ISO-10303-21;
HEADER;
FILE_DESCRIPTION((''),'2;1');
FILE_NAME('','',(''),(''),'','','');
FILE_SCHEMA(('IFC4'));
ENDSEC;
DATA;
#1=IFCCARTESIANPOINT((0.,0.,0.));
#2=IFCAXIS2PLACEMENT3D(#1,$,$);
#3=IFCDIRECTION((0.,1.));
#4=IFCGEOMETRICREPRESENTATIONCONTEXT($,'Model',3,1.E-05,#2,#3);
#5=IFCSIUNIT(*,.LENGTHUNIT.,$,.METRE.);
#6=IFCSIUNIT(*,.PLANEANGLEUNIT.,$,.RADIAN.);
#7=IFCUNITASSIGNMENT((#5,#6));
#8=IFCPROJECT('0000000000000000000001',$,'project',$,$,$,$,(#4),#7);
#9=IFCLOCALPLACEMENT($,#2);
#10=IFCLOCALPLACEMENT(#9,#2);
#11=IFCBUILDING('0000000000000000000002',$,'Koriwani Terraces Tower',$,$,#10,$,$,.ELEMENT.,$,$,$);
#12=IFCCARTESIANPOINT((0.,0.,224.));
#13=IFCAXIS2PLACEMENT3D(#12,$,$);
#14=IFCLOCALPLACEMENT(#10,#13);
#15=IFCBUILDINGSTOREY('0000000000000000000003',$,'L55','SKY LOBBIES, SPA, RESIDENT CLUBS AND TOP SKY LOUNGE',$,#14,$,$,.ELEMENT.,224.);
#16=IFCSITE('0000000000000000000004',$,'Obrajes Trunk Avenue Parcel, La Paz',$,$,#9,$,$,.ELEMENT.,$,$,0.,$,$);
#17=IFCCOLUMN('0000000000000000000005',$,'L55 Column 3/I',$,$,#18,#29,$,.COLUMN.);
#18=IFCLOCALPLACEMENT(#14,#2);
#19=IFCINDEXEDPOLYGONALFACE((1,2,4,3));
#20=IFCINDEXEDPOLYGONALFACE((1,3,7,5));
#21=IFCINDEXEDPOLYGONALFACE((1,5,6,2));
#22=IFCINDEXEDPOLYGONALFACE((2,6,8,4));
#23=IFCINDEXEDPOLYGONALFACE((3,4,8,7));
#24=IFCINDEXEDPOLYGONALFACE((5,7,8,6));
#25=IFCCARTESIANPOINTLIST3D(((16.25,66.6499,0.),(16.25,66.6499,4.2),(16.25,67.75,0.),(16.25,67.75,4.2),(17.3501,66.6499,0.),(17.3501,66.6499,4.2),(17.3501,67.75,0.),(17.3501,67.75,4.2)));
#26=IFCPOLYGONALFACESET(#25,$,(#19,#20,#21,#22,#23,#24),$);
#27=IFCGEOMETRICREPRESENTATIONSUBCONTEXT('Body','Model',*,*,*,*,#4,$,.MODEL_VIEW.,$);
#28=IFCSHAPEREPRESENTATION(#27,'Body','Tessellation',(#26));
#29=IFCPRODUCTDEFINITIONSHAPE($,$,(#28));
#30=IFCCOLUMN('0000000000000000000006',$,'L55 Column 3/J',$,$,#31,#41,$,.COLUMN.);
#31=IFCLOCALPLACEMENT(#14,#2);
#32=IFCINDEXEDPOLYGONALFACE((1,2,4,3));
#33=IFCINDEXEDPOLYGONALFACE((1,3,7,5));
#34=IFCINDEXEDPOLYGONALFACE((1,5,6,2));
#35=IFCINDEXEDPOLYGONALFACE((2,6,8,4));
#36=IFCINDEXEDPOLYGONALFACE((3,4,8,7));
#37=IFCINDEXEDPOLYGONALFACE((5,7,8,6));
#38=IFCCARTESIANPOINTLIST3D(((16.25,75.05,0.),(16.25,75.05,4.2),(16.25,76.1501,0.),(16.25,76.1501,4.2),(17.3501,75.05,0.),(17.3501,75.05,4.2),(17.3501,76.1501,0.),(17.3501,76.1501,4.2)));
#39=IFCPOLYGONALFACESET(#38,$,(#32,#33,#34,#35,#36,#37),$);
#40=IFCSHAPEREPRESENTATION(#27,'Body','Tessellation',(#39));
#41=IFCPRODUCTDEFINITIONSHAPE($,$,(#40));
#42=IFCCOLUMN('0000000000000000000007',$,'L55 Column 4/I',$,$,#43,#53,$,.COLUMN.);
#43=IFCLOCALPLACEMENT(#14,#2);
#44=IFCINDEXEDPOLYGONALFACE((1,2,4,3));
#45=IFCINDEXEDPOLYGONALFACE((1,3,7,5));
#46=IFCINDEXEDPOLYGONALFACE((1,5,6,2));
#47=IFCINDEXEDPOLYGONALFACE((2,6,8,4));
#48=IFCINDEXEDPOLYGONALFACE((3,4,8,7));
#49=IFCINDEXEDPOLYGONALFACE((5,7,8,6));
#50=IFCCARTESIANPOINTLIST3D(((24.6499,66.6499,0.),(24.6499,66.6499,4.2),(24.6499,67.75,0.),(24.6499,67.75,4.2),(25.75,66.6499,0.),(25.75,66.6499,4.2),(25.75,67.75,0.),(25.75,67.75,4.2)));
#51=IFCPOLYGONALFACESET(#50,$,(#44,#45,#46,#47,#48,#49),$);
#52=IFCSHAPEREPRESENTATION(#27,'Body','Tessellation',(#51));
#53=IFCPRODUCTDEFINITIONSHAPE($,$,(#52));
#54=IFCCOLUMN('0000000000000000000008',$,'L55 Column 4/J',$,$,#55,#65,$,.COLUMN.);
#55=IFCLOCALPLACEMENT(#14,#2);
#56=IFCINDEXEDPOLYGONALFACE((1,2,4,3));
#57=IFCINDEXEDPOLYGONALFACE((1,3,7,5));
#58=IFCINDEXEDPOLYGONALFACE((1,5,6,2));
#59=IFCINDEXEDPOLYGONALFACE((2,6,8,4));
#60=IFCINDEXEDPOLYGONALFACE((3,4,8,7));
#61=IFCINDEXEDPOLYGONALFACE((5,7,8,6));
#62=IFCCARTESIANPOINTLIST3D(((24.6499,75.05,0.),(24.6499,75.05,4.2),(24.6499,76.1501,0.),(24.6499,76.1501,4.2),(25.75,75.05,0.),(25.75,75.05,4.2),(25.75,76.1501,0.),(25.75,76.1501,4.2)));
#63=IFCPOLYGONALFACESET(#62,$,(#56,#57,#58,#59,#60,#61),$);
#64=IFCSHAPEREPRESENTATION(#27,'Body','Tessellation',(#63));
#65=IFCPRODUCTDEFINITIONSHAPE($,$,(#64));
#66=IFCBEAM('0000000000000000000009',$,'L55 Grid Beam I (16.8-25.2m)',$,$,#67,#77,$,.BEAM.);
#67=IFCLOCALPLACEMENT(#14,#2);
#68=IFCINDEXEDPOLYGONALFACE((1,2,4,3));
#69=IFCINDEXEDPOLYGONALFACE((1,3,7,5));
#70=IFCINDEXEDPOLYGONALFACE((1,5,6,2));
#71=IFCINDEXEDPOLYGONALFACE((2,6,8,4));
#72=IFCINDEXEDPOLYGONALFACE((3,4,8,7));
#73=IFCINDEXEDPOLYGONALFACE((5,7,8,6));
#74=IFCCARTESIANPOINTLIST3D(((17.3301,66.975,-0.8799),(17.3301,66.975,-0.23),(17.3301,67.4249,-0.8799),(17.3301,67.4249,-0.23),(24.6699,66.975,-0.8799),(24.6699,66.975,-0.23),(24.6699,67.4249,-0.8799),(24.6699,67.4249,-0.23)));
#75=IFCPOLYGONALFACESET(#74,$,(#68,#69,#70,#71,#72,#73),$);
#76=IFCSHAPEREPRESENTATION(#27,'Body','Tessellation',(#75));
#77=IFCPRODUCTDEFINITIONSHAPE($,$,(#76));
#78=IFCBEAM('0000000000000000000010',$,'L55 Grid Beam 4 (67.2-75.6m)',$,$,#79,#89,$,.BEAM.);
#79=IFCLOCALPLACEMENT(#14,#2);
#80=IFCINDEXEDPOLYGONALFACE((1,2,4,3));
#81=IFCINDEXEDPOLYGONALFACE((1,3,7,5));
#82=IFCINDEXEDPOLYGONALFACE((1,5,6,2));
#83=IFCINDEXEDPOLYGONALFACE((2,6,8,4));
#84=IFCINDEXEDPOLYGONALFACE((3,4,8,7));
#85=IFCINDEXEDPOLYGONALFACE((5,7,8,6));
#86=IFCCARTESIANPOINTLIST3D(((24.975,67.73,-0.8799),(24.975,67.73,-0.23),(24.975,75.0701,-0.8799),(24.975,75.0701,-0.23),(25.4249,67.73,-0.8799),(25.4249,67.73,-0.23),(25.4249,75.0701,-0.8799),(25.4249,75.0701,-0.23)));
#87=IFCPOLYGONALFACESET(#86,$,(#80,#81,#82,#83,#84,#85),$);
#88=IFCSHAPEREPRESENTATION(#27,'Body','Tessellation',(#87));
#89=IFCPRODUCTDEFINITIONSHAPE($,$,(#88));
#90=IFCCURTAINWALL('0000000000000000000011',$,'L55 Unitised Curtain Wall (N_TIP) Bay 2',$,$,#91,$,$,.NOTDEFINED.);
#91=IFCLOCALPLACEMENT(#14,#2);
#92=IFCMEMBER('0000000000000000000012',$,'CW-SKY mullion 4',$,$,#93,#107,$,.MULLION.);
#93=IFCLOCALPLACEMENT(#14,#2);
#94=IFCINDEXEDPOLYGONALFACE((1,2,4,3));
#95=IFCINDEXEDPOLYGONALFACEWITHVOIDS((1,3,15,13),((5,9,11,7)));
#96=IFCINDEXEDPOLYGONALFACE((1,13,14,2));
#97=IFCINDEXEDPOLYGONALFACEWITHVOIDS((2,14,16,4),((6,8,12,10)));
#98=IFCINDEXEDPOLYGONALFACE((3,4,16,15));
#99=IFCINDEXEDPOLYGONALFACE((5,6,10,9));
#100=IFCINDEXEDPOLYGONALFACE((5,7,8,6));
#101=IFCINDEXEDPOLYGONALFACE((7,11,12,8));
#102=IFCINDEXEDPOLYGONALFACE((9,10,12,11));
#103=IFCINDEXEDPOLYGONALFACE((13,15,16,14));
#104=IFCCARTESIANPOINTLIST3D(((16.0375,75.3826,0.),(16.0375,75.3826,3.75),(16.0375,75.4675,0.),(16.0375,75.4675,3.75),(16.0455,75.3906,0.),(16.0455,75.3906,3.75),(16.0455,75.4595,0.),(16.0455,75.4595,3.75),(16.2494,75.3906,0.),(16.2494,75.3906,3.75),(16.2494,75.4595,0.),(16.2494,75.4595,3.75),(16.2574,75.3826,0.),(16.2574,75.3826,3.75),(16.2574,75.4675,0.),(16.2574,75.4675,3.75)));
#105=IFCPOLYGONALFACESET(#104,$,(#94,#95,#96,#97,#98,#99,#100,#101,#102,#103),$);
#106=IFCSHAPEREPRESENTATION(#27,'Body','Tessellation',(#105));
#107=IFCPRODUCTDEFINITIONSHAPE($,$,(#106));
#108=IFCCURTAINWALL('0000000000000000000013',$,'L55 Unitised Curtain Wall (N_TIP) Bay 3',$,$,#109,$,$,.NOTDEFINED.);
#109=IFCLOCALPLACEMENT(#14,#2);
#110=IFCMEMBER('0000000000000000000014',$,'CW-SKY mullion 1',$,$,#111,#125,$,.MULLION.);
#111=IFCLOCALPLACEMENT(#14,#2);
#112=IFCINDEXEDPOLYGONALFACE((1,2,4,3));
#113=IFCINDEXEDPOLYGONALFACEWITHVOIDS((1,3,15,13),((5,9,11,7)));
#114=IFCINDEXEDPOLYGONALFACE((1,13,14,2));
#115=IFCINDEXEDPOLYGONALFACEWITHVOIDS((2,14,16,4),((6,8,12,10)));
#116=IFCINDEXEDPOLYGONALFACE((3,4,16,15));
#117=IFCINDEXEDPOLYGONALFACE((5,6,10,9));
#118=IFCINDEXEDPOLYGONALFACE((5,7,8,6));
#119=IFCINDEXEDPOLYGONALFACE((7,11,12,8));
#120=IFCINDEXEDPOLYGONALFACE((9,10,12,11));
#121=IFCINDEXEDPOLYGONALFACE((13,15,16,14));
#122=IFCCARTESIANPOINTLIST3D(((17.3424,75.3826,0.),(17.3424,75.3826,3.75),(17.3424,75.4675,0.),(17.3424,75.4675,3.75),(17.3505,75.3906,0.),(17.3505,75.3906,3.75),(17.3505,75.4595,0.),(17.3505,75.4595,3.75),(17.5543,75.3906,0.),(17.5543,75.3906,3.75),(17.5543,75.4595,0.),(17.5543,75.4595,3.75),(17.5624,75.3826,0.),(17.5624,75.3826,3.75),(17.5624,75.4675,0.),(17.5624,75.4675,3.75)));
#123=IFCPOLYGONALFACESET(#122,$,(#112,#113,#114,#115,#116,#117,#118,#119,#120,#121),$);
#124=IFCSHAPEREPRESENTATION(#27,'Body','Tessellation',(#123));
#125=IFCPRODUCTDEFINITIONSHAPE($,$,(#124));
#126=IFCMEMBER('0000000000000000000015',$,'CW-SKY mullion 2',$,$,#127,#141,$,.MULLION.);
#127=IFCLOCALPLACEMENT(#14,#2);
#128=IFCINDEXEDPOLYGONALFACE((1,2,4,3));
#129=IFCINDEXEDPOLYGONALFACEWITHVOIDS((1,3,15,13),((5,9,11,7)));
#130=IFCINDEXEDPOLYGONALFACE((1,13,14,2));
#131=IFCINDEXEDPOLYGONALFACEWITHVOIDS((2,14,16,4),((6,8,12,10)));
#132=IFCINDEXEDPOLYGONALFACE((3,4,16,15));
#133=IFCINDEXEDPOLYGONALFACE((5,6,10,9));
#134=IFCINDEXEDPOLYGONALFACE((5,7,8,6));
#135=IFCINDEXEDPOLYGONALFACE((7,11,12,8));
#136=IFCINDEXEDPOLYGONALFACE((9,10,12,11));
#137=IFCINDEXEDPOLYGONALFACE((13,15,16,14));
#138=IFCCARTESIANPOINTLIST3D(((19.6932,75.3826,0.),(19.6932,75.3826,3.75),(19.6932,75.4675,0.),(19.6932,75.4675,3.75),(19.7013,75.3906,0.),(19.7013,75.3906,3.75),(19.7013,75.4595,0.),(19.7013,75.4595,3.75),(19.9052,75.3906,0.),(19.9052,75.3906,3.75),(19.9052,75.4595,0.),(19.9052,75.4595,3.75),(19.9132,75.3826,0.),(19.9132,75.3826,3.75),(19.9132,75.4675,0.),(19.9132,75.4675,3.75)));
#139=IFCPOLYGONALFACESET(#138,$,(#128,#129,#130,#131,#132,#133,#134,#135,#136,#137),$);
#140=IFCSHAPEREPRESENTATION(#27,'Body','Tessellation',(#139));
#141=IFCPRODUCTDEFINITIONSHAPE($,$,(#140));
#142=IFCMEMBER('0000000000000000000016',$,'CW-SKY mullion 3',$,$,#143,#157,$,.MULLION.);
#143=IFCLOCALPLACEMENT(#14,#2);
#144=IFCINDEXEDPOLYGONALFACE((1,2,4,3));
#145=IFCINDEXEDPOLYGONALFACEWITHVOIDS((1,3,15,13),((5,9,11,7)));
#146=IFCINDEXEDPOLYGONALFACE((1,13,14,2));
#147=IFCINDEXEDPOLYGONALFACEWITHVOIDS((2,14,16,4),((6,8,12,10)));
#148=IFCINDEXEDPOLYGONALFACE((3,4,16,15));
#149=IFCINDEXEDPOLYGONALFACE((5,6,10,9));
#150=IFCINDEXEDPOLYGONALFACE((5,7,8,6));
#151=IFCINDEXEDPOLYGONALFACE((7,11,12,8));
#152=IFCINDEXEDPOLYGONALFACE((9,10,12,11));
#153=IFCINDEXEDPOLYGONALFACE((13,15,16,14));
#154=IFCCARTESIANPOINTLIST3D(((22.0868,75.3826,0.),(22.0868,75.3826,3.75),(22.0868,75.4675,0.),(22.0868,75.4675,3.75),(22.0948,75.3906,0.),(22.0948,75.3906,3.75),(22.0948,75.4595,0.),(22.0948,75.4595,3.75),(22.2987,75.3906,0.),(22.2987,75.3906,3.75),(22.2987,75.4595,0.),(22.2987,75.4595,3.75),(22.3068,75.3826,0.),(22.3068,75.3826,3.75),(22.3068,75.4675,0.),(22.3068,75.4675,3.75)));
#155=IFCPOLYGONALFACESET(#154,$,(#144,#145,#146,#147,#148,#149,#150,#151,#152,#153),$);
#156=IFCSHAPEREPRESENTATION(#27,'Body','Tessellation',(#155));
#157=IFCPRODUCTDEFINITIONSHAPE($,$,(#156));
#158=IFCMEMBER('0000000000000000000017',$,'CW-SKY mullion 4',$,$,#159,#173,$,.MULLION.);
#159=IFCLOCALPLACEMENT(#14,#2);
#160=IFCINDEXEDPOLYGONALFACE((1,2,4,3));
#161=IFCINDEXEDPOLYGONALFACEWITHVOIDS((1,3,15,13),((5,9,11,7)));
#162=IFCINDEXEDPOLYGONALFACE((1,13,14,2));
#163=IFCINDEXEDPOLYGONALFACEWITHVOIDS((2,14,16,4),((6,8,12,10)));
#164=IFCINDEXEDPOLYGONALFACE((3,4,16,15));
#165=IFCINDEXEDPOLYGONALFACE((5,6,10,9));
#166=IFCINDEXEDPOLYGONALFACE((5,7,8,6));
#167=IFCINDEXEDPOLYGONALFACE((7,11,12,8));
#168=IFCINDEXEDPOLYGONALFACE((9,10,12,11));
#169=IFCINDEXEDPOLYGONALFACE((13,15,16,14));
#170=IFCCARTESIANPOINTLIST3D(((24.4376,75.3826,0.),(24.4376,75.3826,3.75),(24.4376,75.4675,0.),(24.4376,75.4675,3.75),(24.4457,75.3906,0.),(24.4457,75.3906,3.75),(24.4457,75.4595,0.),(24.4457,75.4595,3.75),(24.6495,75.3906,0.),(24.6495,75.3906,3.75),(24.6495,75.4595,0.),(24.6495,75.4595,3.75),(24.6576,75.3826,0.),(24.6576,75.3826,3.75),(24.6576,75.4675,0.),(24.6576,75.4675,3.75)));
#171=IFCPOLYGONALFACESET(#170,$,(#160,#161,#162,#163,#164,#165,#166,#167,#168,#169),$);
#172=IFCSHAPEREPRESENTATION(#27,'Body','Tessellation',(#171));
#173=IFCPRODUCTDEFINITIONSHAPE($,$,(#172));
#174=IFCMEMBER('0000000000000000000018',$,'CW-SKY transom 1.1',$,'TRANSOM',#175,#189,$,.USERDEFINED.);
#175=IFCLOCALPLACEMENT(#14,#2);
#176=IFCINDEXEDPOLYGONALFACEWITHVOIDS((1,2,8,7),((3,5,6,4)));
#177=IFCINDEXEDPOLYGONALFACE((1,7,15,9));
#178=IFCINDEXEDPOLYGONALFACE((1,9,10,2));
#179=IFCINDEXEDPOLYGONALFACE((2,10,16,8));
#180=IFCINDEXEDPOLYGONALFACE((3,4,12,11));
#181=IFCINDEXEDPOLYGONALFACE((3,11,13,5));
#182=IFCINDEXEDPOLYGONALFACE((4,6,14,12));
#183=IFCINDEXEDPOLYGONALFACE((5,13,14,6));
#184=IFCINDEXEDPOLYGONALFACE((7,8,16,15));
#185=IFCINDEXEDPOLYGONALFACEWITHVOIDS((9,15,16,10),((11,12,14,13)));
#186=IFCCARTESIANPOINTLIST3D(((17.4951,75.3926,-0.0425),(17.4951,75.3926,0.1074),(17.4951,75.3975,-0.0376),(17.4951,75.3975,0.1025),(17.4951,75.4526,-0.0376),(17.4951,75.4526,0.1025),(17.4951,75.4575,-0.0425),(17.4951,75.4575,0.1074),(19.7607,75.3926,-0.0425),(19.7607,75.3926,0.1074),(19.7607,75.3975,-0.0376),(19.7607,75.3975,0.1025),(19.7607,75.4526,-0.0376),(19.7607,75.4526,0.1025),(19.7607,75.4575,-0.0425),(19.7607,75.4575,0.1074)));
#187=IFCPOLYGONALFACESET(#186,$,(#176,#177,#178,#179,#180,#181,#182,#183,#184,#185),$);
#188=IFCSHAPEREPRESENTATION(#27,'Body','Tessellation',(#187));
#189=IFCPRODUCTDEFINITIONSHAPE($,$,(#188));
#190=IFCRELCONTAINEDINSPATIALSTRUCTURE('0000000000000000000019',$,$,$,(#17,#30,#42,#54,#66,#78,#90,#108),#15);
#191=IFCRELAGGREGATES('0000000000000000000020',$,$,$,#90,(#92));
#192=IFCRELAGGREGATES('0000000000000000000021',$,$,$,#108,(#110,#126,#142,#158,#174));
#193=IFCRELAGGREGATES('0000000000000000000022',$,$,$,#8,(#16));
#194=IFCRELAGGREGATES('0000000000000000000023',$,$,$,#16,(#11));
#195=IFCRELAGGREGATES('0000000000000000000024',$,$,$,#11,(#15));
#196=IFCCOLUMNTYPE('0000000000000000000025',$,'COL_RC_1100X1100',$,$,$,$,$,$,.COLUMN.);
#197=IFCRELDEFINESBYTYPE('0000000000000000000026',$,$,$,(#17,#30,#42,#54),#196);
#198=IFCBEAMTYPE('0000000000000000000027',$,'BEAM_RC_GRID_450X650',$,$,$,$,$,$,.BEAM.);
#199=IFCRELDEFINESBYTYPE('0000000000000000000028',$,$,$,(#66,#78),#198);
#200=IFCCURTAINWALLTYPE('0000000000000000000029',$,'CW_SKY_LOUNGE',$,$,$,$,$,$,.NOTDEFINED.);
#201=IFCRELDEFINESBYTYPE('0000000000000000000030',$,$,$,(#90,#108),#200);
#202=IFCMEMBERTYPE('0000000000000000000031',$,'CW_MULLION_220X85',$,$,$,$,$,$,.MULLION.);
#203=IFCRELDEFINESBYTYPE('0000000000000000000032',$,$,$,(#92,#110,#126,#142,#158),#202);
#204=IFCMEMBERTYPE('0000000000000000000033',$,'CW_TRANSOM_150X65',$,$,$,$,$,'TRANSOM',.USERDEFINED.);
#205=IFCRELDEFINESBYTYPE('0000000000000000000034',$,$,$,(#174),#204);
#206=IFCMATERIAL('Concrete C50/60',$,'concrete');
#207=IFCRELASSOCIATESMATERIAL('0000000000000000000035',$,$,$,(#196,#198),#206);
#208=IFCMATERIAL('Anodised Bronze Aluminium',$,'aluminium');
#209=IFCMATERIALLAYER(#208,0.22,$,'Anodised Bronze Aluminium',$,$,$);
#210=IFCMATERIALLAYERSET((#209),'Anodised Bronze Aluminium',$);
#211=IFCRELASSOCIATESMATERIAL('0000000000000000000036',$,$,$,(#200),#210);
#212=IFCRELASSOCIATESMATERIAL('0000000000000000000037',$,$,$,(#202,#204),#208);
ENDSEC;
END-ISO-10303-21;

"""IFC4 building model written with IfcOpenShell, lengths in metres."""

from ifc_helpers import new_model, si_unit, direction, frame, origin, origin_2d, place, context, subcontext, project, spatial, rectangle, hollow_rectangle, extrude, material, layer, layer_set, material_profile, profile_set, type_object, element, aggregate, save


model = new_model("IFC4")

# Units and contexts
model_context = context("Model", 3, precision=1e-05, world=origin(), true_north=direction((0.0, 1.0)))
body_context = subcontext(model_context, "Body", "Model", "MODEL_VIEW")
ifc_project = project(units=[si_unit("LENGTHUNIT", "METRE"), si_unit("PLANEANGLEUNIT", "RADIAN")], contexts=[model_context])

# Site, building, storey
site_placement = place(None, origin())
site = spatial("IfcSite", under=ifc_project, at=site_placement, Name="Obrajes Trunk Avenue Parcel, La Paz", CompositionType="ELEMENT", RefElevation=0.0)
building_placement = place(site_placement, origin())
building = spatial("IfcBuilding", under=site, at=building_placement, Name="Koriwani Terraces Tower", CompositionType="ELEMENT")
storey_placement = place(building_placement, frame((0.0, 0.0, 224.0)))
storey = spatial("IfcBuildingStorey", under=building, at=storey_placement, Name="L55", Description="SKY LOBBIES, SPA, RESIDENT CLUBS AND TOP SKY LOUNGE", CompositionType="ELEMENT", Elevation=224.0)

# Columns
ifc_material_1 = material(Name="Concrete C50/60", Category="concrete")
ifc_material_profile_1 = material_profile(ifc_material_1, rectangle(XDim=1.1001, YDim=1.1001, at=origin_2d()), Name="Concrete C50/60", Category="LoadBearing")
ifc_profile_set_1 = profile_set([ifc_material_profile_1], Name="Concrete C50/60")
column_type = type_object("IfcColumnType", Name="COL_RC_1100X1100", PredefinedType="COLUMN", material=ifc_profile_set_1)
for number, where, z_axis, x_axis, name in (
    (1, (16.8, 67.2, 0.0), (0.0, 0.0, 1.0), (1.0, 0.0, 0.0), "L55 Column 3/I"),
    (2, (16.8, 75.6001, 0.0), (0.0, 0.0, 1.0), (1.0, 0.0, 0.0), "L55 Column 3/J"),
    (3, (25.2, 67.2, 0.0), (0.0, 0.0, 1.0), (1.0, 0.0, 0.0), "L55 Column 4/I"),
    (4, (25.2, 75.6001, 0.0), (0.0, 0.0, 1.0), (1.0, 0.0, 0.0), "L55 Column 4/J"),
):
    element("IfcColumn", number, at=place(storey_placement, frame(where, z_axis=z_axis, x_axis=x_axis)), inside=storey, type_object=column_type, Name=name, PredefinedType="COLUMN", context=body_context, shape_type="SweptSolid", body=[
        extrude(rectangle(XDim=1.1001, YDim=1.1001, at=origin_2d()), origin(), (0.0, 0.0, 1.0), 4.2),
    ])

# Beams
ifc_material_profile_2 = material_profile(ifc_material_1, rectangle(XDim=0.45, YDim=0.6499, at=origin_2d()), Name="Concrete C50/60", Category="LoadBearing")
ifc_profile_set_2 = profile_set([ifc_material_profile_2], Name="Concrete C50/60")
beam_type_1 = type_object("IfcBeamType", Name="BEAM_RC_GRID_450X650", PredefinedType="BEAM", material=ifc_profile_set_2)
beam_1_placement = place(storey_placement, frame((17.3301, 67.2, -0.5549), z_axis=(1.0, 0.0, 0.0), x_axis=(0.0, 1.0, 0.0)))
element("IfcBeam", 5, at=beam_1_placement, inside=storey, type_object=beam_type_1, Name="L55 Grid Beam I (16.8-25.2m)", PredefinedType="BEAM", context=body_context, shape_type="SweptSolid", body=[
    extrude(rectangle(XDim=0.45, YDim=0.6499, at=origin_2d()), origin(), (0.0, 0.0, 1.0), 7.3398),
])
beam_2_placement = place(storey_placement, frame((25.2, 67.73, -0.5549), z_axis=(0.0, 1.0, 0.0), x_axis=(-1.0, 0.0, 0.0)))
element("IfcBeam", 6, at=beam_2_placement, inside=storey, type_object=beam_type_1, Name="L55 Grid Beam 4 (67.2-75.6m)", PredefinedType="BEAM", context=body_context, shape_type="SweptSolid", body=[
    extrude(rectangle(XDim=0.45, YDim=0.6499, at=origin_2d()), origin(), (0.0, 0.0, 1.0), 7.3401),
])

# Curtain wall, member
ifc_material_2 = material(Name="Anodised Bronze Aluminium", Category="aluminium")
ifc_layer_1 = layer(ifc_material_2, 0.22, Name="Anodised Bronze Aluminium")
ifc_layer_set_1 = layer_set([ifc_layer_1], Name="Anodised Bronze Aluminium")
curtain_wall_type = type_object("IfcCurtainWallType", Name="CW_SKY_LOUNGE", PredefinedType="NOTDEFINED", material=ifc_layer_set_1)
curtain_wall_1_placement = place(storey_placement, origin())
curtain_wall_1 = element("IfcCurtainWall", 7, at=curtain_wall_1_placement, inside=storey, type_object=curtain_wall_type, Name="L55 Unitised Curtain Wall (N_TIP) Bay 2", PredefinedType="NOTDEFINED")
ifc_material_profile_3 = material_profile(ifc_material_2, hollow_rectangle(XDim=0.085, YDim=0.22, WallThickness=0.0081, at=origin_2d()), Name="Anodised Bronze Aluminium", Category="LoadBearing")
ifc_profile_set_3 = profile_set([ifc_material_profile_3], Name="Anodised Bronze Aluminium")
member_type_1 = type_object("IfcMemberType", Name="CW_MULLION_220X85", PredefinedType="MULLION", material=ifc_profile_set_3)
member_1_placement = place(storey_placement, frame((16.1475, 75.425, 0.0), z_axis=(0.0, 0.0, 1.0), x_axis=(0.0, 1.0, 0.0)))
member_1 = element("IfcMember", 8, at=member_1_placement, type_object=member_type_1, Name="CW-SKY mullion 4", PredefinedType="MULLION", context=body_context, shape_type="SweptSolid", body=[
    extrude(hollow_rectangle(XDim=0.085, YDim=0.22, WallThickness=0.0081, at=origin_2d()), origin(), (0.0, 0.0, 1.0), 3.75),
])
aggregate(curtain_wall_1, [member_1])

# Curtain wall, members
curtain_wall_2_placement = place(storey_placement, origin())
curtain_wall_2 = element("IfcCurtainWall", 9, at=curtain_wall_2_placement, inside=storey, type_object=curtain_wall_type, Name="L55 Unitised Curtain Wall (N_TIP) Bay 3", PredefinedType="NOTDEFINED")
member_2_placement = place(storey_placement, frame((17.4524, 75.425, 0.0), z_axis=(0.0, 0.0, 1.0), x_axis=(0.0, 1.0, 0.0)))
member_2 = element("IfcMember", 10, at=member_2_placement, type_object=member_type_1, Name="CW-SKY mullion 1", PredefinedType="MULLION", context=body_context, shape_type="SweptSolid", body=[
    extrude(hollow_rectangle(XDim=0.085, YDim=0.22, WallThickness=0.0081, at=origin_2d()), origin(), (0.0, 0.0, 1.0), 3.75),
])
member_3_placement = place(storey_placement, frame((19.8032, 75.425, 0.0), z_axis=(0.0, 0.0, 1.0), x_axis=(0.0, 1.0, 0.0)))
member_3 = element("IfcMember", 11, at=member_3_placement, type_object=member_type_1, Name="CW-SKY mullion 2", PredefinedType="MULLION", context=body_context, shape_type="SweptSolid", body=[
    extrude(hollow_rectangle(XDim=0.085, YDim=0.22, WallThickness=0.0081, at=origin_2d()), origin(), (0.0, 0.0, 1.0), 3.75),
])
member_4_placement = place(storey_placement, frame((22.1968, 75.425, 0.0), z_axis=(0.0, 0.0, 1.0), x_axis=(0.0, 1.0, 0.0)))
member_4 = element("IfcMember", 12, at=member_4_placement, type_object=member_type_1, Name="CW-SKY mullion 3", PredefinedType="MULLION", context=body_context, shape_type="SweptSolid", body=[
    extrude(hollow_rectangle(XDim=0.085, YDim=0.22, WallThickness=0.0081, at=origin_2d()), origin(), (0.0, 0.0, 1.0), 3.75),
])
member_5_placement = place(storey_placement, frame((24.5476, 75.425, 0.0), z_axis=(0.0, 0.0, 1.0), x_axis=(0.0, 1.0, 0.0)))
member_5 = element("IfcMember", 13, at=member_5_placement, type_object=member_type_1, Name="CW-SKY mullion 4", PredefinedType="MULLION", context=body_context, shape_type="SweptSolid", body=[
    extrude(hollow_rectangle(XDim=0.085, YDim=0.22, WallThickness=0.0081, at=origin_2d()), origin(), (0.0, 0.0, 1.0), 3.75),
])
ifc_material_profile_4 = material_profile(ifc_material_2, hollow_rectangle(XDim=0.0649, YDim=0.1499, WallThickness=0.0049, at=origin_2d()), Name="Anodised Bronze Aluminium", Category="LoadBearing")
ifc_profile_set_4 = profile_set([ifc_material_profile_4], Name="Anodised Bronze Aluminium")
member_type_2 = type_object("IfcMemberType", Name="CW_TRANSOM_150X65", ElementType="TRANSOM", PredefinedType="USERDEFINED", material=ifc_profile_set_4)
member_6_placement = place(storey_placement, frame((17.4951, 75.425, 0.0325), z_axis=(1.0, 0.0, 0.0), x_axis=(0.0, 1.0, 0.0)))
member_6 = element("IfcMember", 14, at=member_6_placement, type_object=member_type_2, Name="CW-SKY transom 1.1", ObjectType="TRANSOM", PredefinedType="USERDEFINED", context=body_context, shape_type="SweptSolid", body=[
    extrude(hollow_rectangle(XDim=0.0649, YDim=0.1499, WallThickness=0.0049, at=origin_2d()), origin(), (0.0, 0.0, 1.0), 2.2656),
])

aggregate(curtain_wall_2, [member_2, member_3, member_4, member_5, member_6])

save(model, "model.ifc")
